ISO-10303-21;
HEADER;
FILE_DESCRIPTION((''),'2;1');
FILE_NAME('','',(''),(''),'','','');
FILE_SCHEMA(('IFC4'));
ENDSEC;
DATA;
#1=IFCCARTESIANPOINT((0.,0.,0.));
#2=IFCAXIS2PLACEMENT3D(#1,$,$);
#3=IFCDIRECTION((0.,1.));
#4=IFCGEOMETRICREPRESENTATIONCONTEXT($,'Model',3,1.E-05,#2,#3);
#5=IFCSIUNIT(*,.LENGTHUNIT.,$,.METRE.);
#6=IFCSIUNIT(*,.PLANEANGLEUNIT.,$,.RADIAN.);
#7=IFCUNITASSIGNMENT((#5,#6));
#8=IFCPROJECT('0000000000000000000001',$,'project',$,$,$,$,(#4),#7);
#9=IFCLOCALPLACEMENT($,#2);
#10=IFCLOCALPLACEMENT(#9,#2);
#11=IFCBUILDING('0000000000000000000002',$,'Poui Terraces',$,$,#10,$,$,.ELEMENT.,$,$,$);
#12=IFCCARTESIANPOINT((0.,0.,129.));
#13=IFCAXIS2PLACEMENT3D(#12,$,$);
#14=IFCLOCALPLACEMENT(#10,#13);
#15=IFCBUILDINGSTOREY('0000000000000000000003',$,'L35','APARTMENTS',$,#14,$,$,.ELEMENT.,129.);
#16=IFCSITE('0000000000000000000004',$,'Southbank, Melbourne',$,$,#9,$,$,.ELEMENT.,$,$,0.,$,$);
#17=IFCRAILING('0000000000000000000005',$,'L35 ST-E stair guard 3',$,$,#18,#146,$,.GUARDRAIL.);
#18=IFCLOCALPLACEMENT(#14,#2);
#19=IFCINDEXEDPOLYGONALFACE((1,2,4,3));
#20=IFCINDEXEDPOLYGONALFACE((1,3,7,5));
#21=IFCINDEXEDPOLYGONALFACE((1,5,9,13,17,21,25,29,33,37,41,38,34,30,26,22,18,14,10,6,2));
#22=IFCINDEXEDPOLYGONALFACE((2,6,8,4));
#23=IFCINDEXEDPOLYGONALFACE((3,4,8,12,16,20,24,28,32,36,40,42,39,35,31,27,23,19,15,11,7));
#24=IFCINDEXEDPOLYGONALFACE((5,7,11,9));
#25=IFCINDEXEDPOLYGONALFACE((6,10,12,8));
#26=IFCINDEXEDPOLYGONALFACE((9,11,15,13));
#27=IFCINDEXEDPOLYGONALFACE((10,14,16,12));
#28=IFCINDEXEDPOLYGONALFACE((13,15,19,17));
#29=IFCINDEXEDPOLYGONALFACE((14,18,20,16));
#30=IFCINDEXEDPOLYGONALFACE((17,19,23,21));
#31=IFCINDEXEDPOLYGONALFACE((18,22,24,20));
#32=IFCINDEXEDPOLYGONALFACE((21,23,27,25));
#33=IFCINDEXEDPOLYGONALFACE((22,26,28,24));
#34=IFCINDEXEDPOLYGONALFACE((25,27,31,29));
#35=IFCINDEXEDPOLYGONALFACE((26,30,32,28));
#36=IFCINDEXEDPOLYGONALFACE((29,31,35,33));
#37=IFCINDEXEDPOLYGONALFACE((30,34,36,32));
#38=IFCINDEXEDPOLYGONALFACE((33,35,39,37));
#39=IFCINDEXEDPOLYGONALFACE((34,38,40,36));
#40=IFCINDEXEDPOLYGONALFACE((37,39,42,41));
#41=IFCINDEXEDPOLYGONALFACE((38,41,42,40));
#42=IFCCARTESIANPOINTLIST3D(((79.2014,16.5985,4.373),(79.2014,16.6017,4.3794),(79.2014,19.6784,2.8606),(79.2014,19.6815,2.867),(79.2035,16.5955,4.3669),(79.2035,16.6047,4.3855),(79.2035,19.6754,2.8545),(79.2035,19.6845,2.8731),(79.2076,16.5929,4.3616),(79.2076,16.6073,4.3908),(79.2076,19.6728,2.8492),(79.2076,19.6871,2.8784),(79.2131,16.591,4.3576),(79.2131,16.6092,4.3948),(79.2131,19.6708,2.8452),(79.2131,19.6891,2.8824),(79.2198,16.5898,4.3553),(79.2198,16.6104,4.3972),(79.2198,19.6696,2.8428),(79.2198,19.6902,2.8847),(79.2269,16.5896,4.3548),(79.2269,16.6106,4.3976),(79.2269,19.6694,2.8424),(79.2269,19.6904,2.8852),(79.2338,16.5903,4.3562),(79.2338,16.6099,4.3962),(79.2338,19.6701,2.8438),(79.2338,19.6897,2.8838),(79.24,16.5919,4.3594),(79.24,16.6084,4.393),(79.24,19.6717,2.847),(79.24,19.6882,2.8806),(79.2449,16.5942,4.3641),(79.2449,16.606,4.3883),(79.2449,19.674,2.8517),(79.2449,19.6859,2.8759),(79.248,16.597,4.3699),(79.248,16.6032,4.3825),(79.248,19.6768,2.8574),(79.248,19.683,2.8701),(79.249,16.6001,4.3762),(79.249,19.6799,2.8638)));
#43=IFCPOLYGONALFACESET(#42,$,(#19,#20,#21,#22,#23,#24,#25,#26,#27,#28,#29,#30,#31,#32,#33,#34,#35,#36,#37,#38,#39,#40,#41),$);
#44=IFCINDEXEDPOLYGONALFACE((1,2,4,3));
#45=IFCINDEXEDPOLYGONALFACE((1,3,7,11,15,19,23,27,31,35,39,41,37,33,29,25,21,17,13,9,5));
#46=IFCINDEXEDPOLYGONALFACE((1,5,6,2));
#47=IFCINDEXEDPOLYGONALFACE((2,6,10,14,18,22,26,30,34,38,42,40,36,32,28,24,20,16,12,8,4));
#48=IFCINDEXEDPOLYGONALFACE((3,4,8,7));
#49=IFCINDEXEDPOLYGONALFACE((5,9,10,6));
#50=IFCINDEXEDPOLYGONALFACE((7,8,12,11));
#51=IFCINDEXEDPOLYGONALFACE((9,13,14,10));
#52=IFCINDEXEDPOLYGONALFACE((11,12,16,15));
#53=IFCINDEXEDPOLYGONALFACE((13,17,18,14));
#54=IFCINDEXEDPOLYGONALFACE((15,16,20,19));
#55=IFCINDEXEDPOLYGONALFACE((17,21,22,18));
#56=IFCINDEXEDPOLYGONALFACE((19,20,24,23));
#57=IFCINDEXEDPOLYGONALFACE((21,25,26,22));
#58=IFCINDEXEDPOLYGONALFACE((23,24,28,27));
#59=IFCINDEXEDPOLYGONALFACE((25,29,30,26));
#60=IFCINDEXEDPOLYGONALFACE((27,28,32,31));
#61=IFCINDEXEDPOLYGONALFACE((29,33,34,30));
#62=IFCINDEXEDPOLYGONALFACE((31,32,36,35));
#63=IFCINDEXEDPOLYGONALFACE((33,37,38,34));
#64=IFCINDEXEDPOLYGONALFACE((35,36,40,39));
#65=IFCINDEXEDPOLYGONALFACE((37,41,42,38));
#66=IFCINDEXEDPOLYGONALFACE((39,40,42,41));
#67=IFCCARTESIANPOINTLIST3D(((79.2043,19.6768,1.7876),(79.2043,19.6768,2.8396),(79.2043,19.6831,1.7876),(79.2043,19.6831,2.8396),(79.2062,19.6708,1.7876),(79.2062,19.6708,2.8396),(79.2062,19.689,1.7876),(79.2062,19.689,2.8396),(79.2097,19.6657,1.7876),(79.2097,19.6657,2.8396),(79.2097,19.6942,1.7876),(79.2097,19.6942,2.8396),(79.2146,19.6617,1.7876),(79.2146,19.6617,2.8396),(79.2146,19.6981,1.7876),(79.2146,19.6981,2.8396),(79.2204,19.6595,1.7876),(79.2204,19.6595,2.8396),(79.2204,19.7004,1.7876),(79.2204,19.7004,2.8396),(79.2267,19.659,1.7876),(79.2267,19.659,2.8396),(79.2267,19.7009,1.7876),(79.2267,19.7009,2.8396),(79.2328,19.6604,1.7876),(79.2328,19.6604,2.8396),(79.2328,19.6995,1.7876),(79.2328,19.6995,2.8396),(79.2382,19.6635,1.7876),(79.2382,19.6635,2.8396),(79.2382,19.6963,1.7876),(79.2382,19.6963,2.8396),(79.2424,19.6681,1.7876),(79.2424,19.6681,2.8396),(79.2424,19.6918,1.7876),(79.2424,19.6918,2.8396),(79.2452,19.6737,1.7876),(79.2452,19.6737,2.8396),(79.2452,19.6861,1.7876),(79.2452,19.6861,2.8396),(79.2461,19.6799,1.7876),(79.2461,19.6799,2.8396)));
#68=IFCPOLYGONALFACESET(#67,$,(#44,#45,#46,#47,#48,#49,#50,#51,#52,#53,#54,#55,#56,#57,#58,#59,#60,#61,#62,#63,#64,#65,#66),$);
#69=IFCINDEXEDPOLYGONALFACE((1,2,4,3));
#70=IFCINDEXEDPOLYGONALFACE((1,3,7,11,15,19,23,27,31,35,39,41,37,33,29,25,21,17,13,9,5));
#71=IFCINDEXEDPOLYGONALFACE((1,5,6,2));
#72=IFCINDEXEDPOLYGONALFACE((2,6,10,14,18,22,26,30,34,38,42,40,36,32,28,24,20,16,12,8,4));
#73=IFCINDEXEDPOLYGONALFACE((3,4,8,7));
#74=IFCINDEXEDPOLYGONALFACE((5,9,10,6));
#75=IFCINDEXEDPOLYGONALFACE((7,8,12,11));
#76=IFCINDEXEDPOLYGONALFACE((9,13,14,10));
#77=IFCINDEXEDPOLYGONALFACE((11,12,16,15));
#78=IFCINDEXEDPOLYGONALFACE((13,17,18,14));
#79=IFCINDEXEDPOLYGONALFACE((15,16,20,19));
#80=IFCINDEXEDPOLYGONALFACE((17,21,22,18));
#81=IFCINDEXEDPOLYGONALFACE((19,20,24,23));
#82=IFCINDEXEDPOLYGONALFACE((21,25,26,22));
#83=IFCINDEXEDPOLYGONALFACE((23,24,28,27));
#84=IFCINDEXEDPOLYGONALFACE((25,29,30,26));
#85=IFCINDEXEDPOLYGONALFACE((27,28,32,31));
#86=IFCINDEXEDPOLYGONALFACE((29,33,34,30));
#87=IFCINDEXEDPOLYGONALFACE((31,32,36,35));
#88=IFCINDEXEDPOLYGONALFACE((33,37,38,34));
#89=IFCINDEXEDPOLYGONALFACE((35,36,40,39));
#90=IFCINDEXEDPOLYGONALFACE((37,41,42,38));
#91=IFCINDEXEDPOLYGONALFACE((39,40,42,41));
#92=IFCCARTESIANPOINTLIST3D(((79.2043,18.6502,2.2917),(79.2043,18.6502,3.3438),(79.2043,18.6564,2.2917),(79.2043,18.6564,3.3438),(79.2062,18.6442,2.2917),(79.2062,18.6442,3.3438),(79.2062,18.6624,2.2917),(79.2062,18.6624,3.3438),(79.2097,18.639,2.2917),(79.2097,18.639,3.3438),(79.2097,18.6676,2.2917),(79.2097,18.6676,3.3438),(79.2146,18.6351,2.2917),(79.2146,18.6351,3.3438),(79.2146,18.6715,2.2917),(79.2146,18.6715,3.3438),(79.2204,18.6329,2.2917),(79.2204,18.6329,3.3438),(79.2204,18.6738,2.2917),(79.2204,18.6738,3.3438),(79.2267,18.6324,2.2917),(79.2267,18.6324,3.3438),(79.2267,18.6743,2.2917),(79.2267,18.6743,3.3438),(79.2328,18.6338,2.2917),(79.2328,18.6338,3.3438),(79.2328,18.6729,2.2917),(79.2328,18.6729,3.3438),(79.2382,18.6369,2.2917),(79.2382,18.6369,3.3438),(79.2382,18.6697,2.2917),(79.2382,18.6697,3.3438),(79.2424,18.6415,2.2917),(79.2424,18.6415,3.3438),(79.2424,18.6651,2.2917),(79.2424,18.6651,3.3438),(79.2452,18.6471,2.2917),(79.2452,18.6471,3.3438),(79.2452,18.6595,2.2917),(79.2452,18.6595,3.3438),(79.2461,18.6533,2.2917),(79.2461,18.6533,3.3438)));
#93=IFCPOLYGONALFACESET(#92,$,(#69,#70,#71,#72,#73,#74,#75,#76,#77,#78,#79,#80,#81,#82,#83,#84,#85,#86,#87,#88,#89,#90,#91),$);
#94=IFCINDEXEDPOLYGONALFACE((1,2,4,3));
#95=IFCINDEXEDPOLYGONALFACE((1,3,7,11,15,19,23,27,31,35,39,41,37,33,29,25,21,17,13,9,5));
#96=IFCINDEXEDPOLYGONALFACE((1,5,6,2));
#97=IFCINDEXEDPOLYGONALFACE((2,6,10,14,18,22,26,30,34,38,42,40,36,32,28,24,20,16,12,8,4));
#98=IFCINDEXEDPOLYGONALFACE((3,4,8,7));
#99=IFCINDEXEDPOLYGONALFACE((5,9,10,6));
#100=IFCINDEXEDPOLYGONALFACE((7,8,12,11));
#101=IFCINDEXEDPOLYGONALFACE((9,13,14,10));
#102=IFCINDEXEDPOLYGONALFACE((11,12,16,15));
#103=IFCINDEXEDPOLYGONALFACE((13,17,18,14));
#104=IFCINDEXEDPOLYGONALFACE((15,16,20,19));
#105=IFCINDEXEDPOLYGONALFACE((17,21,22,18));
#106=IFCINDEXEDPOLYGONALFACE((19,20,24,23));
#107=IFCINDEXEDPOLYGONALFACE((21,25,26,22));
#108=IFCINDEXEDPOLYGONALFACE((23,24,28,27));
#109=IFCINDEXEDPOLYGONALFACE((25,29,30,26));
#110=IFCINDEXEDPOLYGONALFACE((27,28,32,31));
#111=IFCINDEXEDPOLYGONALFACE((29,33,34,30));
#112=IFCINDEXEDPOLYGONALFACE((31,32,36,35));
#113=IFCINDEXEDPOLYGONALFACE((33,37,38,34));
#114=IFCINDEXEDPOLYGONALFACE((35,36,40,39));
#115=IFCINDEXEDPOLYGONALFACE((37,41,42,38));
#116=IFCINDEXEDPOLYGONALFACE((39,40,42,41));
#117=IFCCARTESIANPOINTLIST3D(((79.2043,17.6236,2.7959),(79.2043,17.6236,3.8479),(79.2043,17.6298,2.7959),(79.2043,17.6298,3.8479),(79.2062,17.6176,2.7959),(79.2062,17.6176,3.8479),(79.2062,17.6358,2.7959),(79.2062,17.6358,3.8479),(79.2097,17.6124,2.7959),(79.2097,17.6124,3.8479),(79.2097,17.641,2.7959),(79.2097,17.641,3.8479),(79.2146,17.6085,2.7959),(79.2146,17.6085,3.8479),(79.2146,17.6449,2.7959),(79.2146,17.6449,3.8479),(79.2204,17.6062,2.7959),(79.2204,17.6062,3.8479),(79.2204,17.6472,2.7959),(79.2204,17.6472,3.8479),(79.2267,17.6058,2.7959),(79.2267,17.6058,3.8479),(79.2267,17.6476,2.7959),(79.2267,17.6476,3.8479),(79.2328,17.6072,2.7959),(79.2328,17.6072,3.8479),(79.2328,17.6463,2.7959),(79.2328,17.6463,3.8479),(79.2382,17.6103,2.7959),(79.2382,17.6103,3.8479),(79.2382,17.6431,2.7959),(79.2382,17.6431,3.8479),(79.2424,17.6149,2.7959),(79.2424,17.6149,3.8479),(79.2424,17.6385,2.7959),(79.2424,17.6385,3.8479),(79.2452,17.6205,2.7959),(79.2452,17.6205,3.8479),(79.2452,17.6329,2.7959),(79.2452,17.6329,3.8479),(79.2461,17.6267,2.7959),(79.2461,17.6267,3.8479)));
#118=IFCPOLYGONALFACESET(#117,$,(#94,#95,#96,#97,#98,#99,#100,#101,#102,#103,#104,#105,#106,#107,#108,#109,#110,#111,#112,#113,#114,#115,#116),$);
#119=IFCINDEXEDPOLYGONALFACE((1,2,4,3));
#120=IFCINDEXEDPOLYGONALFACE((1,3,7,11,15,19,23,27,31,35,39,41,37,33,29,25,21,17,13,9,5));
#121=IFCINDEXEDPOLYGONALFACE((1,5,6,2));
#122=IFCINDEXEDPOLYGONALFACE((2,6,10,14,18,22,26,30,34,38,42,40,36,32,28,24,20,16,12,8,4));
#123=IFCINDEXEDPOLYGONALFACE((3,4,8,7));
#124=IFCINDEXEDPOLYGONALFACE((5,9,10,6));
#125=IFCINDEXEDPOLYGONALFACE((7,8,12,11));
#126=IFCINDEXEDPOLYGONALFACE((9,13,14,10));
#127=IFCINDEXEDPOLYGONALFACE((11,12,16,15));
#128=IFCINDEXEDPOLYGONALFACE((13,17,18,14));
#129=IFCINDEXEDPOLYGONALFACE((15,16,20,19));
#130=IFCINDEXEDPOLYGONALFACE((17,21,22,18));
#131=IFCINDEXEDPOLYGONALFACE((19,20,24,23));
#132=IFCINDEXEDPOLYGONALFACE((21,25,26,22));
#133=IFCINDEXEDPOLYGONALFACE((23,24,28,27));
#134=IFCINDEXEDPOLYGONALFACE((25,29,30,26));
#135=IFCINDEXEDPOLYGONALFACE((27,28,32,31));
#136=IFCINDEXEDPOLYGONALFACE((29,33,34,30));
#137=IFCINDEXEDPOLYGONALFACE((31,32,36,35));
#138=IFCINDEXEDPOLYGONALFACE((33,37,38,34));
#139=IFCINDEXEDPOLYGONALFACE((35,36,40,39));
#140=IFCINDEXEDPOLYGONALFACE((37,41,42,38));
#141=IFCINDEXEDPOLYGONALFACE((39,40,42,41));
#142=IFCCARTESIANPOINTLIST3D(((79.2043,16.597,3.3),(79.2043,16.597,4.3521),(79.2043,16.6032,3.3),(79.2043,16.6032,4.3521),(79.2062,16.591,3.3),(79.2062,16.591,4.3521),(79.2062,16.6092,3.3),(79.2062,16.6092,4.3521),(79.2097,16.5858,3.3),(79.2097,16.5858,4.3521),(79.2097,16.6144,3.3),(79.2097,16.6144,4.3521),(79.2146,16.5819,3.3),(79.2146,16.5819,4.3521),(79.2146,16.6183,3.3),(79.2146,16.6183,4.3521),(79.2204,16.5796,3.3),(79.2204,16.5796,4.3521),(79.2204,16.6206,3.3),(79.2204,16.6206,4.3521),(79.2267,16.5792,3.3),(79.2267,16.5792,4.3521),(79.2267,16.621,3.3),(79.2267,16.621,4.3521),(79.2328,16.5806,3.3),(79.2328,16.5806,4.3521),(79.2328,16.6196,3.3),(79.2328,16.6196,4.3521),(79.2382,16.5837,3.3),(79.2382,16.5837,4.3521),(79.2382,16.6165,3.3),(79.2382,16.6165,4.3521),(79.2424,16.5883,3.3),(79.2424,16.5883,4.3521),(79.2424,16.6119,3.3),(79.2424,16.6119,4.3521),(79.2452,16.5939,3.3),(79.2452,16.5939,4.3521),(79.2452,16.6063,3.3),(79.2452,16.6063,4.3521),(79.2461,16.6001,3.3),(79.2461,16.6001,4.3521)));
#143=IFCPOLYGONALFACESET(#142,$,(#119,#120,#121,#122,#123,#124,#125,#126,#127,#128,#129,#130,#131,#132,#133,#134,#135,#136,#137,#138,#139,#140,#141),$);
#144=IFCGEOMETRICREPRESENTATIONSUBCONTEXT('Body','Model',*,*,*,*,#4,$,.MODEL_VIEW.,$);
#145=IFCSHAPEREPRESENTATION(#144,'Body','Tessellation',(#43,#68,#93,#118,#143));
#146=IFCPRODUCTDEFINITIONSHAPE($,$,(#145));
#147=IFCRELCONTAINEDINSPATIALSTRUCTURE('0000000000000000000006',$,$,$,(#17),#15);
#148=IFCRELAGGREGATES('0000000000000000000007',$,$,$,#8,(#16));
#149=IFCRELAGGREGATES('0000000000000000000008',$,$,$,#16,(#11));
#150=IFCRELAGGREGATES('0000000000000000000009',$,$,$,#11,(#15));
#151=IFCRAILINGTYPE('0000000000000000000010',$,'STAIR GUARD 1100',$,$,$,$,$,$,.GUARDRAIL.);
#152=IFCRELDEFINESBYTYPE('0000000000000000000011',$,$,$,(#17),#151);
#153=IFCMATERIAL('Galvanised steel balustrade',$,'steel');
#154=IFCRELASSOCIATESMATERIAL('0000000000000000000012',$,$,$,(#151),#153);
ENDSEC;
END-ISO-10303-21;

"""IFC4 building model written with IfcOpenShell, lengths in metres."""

from ifc_helpers import new_model, si_unit, direction, frame, origin, origin_2d, place, context, subcontext, project, spatial, circle, extrude, material, type_object, element, save


model = new_model("IFC4")

# Units and contexts
model_context = context("Model", 3, precision=1e-05, world=origin(), true_north=direction((0.0, 1.0)))
body_context = subcontext(model_context, "Body", "Model", "MODEL_VIEW")
ifc_project = project(units=[si_unit("LENGTHUNIT", "METRE"), si_unit("PLANEANGLEUNIT", "RADIAN")], contexts=[model_context])

# Site, building, storey
site_placement = place(None, origin())
site = spatial("IfcSite", under=ifc_project, at=site_placement, Name="Southbank, Melbourne", CompositionType="ELEMENT", RefElevation=0.0)
building_placement = place(site_placement, origin())
building = spatial("IfcBuilding", under=site, at=building_placement, Name="Poui Terraces", CompositionType="ELEMENT")
storey_placement = place(building_placement, frame((0.0, 0.0, 129.0)))
storey = spatial("IfcBuildingStorey", under=building, at=storey_placement, Name="L35", Description="APARTMENTS", CompositionType="ELEMENT", Elevation=129.0)

# Railing
ifc_material_1 = material(Name="Galvanised steel balustrade", Category="steel")
railing_type_1 = type_object("IfcRailingType", Name="STAIR GUARD 1100", PredefinedType="GUARDRAIL", material=ifc_material_1)
railing_1_placement = place(storey_placement, frame((79.2251, 19.6799, 1.7876)))
element("IfcRailing", 1, at=railing_1_placement, inside=storey, type_object=railing_type_1, Name="L35 ST-E stair guard 3", PredefinedType="GUARDRAIL", context=body_context, shape_type="SweptSolid", body=[
    extrude(circle(Radius=0.0239, at=origin_2d()), frame((0.0, 0.0, 1.0762), z_axis=(0.0, -0.897606, 0.440798), x_axis=(1.0, 0.0, 0.0)), (0.0, 0.0, 1.0), 3.4312),
    extrude(circle(Radius=0.021, at=origin_2d()), origin(), (0.0, 0.0, 1.0), 1.052),
    extrude(circle(Radius=0.021, at=origin_2d()), frame((0.0, -1.0266, 0.5042)), (0.0, 0.0, 1.0), 1.052),
    extrude(circle(Radius=0.021, at=origin_2d()), frame((0.0, -2.0532, 1.0083)), (0.0, 0.0, 1.0), 1.052),
    extrude(circle(Radius=0.021, at=origin_2d()), frame((0.0, -3.0798, 1.5125)), (0.0, 0.0, 1.0), 1.052),
])

save(model, "model.ifc")
